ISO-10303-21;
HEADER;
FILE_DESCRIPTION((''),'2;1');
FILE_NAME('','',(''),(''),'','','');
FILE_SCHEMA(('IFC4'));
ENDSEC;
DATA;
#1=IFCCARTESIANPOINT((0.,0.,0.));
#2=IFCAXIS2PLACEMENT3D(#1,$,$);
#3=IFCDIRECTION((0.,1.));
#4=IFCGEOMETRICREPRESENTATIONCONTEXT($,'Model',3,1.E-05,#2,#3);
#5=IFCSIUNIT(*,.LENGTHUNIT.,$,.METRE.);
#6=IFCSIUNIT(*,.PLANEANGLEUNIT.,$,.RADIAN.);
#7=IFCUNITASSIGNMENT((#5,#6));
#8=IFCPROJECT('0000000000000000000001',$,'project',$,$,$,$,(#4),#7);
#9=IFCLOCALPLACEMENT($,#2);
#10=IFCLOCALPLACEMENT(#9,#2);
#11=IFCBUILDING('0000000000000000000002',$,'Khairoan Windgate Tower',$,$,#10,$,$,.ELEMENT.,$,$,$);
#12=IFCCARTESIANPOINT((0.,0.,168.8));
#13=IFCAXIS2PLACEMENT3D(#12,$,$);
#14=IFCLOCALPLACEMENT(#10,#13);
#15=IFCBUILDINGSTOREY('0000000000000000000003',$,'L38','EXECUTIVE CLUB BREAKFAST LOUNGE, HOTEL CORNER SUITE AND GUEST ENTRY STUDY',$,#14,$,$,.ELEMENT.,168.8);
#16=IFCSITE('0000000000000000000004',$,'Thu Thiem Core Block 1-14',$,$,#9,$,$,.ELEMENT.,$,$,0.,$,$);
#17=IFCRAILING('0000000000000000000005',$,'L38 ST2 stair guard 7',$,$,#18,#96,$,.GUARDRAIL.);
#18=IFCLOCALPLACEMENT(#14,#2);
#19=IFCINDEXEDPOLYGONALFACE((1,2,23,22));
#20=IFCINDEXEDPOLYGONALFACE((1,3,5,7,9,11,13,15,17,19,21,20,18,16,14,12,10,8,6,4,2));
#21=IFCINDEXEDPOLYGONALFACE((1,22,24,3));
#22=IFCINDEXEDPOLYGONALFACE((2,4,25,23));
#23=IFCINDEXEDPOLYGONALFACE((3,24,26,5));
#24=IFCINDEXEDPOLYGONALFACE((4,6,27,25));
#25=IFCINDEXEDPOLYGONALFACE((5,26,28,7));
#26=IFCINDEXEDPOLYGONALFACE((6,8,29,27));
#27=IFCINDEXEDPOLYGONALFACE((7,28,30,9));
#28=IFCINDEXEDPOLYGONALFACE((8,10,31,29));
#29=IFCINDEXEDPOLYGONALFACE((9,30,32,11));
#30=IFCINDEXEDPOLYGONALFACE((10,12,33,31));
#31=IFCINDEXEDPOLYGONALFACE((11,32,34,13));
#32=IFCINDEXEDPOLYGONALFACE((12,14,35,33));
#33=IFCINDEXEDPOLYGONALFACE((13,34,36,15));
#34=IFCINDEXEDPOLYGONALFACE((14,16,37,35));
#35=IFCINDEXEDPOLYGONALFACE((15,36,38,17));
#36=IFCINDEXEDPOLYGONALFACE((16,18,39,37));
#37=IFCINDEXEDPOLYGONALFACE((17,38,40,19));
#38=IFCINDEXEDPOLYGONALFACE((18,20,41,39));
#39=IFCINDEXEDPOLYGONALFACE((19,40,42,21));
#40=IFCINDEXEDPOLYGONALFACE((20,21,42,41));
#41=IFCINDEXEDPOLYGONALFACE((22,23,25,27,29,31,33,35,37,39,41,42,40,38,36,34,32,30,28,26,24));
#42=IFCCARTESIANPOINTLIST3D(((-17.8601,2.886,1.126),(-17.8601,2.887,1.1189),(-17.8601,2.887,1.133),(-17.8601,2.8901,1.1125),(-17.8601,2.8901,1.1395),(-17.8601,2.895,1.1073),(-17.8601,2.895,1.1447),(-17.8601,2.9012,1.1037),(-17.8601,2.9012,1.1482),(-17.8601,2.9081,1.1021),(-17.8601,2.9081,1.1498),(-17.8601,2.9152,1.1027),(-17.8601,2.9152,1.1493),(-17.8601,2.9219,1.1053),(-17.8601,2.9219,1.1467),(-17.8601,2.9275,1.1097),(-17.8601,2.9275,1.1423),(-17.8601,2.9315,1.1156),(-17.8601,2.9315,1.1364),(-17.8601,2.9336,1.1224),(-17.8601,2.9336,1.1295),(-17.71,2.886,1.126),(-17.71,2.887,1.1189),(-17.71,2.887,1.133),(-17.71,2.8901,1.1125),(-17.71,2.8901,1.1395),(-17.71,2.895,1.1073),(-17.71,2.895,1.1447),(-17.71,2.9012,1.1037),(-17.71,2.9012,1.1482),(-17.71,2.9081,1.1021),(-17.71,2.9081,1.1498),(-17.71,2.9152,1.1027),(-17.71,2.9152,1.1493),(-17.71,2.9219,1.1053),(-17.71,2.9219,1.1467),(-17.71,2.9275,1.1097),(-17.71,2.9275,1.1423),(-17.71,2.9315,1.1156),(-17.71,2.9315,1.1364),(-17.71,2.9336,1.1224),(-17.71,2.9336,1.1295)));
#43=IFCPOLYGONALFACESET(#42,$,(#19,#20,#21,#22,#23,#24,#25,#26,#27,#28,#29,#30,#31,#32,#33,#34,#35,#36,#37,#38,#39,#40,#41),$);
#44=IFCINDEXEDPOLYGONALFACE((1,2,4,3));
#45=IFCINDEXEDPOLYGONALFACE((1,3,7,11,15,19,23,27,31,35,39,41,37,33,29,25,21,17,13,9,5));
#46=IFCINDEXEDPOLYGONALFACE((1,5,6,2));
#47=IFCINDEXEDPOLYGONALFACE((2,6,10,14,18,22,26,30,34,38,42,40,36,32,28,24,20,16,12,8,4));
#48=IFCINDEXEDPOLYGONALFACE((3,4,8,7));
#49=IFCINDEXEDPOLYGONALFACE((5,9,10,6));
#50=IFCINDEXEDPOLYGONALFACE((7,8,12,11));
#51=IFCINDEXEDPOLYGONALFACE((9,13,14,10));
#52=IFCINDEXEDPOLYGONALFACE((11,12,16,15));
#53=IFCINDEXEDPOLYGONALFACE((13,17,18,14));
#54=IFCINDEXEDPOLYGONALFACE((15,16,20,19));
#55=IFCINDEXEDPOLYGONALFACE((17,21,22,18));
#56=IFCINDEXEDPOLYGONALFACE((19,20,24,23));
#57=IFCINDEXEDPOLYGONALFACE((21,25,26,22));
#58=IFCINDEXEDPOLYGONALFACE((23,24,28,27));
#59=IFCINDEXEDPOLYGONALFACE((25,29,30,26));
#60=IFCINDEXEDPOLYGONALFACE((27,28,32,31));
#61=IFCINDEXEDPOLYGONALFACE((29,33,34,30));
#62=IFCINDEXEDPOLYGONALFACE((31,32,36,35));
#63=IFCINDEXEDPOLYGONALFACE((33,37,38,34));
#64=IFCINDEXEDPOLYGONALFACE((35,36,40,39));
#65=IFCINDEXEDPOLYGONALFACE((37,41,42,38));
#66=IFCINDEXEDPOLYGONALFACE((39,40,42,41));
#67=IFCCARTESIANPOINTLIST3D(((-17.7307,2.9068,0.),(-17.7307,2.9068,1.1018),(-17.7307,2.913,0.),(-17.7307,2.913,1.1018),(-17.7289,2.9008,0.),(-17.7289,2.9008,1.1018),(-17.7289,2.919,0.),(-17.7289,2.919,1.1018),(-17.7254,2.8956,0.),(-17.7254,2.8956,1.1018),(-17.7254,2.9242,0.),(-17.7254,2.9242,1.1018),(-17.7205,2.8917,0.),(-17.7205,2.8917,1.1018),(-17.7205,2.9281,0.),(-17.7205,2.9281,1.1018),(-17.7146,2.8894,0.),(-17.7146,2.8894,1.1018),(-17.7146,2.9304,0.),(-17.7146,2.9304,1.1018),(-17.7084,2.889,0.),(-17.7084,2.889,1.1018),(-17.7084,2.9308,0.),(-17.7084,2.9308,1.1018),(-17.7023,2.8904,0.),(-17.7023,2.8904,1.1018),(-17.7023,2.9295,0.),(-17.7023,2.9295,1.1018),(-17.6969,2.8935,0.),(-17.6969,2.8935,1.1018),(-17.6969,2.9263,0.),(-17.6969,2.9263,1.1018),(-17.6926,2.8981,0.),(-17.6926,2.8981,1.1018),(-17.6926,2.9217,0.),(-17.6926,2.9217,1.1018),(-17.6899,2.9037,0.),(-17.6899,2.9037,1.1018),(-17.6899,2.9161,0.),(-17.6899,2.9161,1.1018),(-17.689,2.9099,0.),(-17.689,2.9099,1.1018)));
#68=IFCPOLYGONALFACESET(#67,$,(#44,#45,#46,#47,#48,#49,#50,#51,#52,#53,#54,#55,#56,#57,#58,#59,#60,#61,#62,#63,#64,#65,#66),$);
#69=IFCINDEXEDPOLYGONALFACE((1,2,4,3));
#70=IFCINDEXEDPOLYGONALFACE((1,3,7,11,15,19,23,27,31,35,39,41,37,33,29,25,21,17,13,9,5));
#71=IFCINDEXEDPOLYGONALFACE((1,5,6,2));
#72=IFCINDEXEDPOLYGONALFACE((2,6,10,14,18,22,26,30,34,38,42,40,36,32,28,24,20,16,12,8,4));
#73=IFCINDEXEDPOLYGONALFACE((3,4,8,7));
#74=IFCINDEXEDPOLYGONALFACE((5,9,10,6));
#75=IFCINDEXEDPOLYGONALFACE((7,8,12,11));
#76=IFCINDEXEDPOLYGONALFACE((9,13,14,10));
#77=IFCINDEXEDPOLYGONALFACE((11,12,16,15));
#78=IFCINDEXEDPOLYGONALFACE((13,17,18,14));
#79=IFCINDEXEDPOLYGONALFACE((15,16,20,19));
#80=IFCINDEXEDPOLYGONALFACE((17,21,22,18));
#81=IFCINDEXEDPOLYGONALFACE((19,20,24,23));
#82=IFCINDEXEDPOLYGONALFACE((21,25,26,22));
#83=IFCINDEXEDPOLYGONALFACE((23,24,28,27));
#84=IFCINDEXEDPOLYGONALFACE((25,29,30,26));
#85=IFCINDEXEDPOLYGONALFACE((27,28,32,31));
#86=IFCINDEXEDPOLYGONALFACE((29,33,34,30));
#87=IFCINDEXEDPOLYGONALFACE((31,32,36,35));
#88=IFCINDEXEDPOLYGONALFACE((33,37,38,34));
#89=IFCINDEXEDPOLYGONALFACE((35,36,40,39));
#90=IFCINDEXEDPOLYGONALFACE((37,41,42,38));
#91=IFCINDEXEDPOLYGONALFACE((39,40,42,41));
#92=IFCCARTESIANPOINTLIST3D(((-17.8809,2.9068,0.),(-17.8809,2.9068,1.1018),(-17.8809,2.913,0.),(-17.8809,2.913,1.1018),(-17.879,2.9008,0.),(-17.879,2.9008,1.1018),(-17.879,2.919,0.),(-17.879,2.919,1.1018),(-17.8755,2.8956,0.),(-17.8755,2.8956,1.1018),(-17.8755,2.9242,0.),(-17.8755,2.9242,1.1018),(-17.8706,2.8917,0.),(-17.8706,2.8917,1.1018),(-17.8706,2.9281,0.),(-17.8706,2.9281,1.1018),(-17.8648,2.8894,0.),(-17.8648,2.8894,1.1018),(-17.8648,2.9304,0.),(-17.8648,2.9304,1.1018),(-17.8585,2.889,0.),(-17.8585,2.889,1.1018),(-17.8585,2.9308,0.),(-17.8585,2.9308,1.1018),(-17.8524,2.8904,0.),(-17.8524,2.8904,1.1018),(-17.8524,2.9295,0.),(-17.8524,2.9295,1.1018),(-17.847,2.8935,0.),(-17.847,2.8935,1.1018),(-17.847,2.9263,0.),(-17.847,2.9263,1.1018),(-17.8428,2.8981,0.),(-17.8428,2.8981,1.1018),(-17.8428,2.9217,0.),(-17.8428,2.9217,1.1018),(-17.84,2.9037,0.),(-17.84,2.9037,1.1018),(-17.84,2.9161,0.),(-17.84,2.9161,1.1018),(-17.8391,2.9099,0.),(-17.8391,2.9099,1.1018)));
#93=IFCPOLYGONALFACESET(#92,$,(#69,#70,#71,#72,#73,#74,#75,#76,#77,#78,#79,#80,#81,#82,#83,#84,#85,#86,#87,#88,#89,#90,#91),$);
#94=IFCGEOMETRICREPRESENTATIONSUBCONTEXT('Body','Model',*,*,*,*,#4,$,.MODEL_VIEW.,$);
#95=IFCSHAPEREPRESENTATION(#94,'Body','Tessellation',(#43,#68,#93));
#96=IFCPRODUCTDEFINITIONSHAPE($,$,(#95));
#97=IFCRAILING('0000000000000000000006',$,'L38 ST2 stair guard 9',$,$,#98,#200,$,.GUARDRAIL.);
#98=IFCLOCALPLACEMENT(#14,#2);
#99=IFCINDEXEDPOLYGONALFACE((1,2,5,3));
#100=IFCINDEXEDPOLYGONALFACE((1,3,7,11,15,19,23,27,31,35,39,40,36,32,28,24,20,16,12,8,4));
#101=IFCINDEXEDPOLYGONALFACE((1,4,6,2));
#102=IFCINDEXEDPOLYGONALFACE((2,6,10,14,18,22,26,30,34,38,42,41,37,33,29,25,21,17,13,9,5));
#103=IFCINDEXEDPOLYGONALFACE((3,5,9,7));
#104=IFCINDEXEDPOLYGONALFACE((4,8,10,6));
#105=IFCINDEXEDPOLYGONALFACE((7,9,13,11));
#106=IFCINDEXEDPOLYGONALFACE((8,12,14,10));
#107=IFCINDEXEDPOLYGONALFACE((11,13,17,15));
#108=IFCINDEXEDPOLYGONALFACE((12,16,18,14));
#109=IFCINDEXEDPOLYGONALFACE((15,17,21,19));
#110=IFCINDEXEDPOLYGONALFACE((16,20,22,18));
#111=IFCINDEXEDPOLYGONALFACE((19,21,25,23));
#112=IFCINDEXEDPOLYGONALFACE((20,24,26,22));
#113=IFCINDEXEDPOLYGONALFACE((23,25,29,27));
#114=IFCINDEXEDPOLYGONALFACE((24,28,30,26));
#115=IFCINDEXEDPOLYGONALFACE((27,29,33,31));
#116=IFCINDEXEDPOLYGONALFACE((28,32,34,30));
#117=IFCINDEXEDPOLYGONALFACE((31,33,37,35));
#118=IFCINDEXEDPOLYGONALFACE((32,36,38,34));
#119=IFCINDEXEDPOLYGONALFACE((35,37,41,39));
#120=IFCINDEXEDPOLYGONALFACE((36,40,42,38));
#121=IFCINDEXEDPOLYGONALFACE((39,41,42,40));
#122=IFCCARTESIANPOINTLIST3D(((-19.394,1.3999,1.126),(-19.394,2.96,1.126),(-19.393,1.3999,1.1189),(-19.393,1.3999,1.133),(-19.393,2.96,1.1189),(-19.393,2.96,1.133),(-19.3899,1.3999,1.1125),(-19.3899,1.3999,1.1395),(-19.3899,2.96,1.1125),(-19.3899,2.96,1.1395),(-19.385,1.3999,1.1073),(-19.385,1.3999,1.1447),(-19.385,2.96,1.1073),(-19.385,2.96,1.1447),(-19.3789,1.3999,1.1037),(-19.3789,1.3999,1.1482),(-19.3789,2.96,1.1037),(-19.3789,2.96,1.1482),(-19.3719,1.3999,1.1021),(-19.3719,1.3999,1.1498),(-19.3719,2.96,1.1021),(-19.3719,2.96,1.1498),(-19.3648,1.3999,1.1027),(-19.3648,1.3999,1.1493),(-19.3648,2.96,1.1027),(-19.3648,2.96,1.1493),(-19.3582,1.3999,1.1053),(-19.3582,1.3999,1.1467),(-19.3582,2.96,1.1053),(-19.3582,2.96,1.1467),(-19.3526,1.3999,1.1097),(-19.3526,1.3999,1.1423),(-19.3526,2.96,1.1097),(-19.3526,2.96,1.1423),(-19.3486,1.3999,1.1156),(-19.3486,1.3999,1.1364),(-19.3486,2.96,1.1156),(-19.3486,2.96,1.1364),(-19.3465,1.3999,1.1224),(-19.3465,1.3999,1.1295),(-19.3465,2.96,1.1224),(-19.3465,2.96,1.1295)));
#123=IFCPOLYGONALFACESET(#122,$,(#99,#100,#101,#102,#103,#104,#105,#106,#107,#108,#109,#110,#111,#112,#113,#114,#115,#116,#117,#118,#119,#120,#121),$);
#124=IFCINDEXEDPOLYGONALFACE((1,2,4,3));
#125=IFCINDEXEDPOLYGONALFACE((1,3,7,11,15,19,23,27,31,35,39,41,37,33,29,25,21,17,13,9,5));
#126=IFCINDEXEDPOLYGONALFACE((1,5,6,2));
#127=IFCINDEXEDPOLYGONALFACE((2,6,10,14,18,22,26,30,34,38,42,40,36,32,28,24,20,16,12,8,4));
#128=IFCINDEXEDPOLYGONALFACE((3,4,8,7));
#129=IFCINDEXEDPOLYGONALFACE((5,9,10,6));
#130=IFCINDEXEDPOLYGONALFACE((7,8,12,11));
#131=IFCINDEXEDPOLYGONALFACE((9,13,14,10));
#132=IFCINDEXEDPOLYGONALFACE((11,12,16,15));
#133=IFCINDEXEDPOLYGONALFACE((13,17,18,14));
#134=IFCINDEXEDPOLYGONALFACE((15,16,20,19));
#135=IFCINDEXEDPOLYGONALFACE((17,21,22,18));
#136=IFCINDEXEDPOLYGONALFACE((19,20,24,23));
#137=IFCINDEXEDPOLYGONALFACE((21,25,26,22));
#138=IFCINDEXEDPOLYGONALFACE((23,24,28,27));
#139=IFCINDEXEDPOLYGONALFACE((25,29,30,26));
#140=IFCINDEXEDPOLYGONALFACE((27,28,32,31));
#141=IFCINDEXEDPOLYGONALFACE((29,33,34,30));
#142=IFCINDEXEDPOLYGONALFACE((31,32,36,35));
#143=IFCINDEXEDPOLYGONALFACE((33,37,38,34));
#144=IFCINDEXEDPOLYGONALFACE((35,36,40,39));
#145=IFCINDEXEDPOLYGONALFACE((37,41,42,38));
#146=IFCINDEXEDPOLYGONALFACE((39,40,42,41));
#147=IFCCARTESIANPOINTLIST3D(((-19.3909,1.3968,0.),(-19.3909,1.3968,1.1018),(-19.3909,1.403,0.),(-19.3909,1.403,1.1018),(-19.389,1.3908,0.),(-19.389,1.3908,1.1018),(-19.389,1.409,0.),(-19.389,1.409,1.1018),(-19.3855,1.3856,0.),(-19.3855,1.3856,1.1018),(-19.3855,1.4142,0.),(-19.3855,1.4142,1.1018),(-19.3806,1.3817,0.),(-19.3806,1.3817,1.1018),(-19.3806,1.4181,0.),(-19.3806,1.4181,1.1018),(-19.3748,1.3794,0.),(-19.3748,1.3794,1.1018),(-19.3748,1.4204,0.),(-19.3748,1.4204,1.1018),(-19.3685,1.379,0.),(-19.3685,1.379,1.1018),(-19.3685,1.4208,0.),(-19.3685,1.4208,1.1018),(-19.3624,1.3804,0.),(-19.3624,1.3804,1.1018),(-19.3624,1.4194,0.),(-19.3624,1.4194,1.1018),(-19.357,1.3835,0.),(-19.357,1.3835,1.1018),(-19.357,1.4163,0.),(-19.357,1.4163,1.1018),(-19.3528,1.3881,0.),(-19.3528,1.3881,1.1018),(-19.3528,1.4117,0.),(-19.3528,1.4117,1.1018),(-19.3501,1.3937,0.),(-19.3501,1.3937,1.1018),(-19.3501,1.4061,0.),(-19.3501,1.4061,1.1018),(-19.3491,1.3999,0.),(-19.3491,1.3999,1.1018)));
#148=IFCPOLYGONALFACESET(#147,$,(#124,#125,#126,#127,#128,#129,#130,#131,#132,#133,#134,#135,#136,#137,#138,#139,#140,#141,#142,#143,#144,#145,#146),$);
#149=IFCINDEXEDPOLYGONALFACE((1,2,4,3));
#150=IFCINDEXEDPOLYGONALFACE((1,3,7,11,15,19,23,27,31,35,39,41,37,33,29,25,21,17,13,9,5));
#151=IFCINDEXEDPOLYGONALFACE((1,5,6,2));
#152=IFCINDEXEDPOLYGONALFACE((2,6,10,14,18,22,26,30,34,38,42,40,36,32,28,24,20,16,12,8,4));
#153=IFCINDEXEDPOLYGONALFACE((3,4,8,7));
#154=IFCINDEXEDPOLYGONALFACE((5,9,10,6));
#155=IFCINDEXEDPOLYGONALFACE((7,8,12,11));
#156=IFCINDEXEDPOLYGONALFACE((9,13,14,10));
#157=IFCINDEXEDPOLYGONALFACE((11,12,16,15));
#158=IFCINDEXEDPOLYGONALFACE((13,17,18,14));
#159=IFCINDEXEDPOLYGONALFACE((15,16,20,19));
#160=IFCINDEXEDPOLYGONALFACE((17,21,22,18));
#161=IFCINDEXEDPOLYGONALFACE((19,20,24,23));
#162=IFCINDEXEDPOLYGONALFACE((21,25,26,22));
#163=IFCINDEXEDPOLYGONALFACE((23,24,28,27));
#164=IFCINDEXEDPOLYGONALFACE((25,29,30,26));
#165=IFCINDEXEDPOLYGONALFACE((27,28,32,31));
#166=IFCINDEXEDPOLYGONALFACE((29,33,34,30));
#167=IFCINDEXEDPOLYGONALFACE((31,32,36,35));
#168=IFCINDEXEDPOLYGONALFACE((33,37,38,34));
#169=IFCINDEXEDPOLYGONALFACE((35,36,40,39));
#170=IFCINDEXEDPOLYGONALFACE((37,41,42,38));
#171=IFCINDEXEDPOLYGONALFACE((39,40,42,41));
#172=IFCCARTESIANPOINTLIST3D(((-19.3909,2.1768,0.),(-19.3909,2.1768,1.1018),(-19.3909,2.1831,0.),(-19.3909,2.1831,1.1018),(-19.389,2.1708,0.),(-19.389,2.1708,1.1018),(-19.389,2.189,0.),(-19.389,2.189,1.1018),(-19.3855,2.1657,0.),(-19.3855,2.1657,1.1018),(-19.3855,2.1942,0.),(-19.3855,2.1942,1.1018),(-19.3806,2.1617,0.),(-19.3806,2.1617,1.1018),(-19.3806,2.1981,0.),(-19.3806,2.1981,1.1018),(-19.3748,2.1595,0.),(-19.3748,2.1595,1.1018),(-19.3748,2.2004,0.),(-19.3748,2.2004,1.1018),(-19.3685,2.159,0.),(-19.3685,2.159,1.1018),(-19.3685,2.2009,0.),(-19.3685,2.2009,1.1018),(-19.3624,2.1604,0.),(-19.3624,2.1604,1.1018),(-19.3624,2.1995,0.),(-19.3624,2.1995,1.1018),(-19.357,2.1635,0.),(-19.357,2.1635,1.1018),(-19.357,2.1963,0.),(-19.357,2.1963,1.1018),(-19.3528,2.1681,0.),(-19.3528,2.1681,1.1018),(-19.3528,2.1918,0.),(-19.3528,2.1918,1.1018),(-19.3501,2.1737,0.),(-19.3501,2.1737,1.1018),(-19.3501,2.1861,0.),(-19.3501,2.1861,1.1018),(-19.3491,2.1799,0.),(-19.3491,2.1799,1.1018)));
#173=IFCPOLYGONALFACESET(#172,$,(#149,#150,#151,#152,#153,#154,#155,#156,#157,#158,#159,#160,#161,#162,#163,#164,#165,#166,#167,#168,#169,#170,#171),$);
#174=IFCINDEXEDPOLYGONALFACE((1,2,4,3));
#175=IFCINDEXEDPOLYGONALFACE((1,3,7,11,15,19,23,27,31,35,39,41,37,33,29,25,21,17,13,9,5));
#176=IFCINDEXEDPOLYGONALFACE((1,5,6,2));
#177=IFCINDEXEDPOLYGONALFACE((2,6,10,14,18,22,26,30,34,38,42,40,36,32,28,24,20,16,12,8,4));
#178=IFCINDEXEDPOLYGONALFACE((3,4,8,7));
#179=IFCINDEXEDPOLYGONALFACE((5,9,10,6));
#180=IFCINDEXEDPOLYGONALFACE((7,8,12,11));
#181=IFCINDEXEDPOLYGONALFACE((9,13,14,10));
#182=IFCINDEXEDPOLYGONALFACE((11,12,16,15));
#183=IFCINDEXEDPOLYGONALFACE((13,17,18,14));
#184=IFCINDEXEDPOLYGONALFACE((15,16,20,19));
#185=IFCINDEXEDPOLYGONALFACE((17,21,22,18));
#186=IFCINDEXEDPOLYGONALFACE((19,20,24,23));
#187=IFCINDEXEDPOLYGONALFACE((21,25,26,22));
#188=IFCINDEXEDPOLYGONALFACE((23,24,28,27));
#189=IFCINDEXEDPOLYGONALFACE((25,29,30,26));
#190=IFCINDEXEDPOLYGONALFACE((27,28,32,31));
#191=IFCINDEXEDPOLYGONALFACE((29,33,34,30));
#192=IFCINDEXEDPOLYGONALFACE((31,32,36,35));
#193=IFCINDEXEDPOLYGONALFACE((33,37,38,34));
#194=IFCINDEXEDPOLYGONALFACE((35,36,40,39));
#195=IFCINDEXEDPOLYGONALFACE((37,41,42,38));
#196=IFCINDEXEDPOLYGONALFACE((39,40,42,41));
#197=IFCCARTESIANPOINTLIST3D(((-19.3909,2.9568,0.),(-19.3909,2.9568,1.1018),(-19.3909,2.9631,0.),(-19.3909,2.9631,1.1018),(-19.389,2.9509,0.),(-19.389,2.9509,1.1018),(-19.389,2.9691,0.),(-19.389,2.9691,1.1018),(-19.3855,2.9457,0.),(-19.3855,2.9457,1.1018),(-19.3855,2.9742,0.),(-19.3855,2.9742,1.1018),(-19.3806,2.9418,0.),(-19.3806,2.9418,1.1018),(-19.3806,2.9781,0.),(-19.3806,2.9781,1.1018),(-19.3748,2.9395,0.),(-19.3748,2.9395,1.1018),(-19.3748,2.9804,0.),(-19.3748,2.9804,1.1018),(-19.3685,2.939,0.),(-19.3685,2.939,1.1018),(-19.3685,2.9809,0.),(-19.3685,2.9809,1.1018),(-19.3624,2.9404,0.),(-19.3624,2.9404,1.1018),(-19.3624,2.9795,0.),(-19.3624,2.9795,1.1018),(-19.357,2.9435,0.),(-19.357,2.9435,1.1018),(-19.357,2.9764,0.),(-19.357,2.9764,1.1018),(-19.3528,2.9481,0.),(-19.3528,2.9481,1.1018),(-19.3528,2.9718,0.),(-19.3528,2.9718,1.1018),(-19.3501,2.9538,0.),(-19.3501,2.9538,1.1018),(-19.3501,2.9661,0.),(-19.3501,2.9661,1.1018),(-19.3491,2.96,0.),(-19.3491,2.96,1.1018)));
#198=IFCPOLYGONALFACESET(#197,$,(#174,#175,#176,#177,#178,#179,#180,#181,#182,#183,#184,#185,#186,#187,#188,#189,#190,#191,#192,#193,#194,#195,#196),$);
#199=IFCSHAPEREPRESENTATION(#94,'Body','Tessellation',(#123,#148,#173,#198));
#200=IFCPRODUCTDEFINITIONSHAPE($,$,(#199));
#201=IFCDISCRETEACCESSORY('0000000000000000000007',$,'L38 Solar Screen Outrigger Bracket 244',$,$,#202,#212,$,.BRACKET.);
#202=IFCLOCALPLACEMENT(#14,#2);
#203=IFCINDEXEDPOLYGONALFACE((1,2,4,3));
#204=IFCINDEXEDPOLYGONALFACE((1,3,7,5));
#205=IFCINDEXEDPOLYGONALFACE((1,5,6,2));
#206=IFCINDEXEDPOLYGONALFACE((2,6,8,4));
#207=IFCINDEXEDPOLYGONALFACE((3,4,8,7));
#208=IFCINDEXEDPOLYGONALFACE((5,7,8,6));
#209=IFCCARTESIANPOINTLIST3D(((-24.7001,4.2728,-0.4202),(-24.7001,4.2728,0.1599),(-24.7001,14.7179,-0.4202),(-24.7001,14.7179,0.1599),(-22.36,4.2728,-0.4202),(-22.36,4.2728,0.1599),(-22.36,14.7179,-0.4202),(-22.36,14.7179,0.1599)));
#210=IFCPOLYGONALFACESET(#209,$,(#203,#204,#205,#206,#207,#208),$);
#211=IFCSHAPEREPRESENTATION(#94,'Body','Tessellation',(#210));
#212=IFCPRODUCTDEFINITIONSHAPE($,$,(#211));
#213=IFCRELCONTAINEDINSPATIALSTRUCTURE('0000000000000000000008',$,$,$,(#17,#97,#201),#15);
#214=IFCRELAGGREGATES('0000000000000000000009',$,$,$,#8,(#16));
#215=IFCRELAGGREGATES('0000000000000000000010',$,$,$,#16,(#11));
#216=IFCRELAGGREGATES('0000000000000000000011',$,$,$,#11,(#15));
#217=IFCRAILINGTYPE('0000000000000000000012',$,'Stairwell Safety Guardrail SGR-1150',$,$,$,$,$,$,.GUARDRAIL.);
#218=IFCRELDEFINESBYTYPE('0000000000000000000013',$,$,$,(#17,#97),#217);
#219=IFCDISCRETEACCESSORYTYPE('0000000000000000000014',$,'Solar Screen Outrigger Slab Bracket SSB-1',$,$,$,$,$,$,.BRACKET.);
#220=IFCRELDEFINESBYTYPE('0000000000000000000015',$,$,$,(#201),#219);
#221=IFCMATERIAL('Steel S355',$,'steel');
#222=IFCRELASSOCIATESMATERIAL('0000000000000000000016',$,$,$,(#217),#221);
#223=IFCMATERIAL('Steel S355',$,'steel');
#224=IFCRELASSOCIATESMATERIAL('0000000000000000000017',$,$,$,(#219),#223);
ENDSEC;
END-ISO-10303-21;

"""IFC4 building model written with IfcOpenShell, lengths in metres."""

from ifc_helpers import new_model, si_unit, direction, frame, origin, origin_2d, place, context, subcontext, project, spatial, rectangle, circle, extrude, material, type_object, element, save


model = new_model("IFC4")

# Units and contexts
model_context = context("Model", 3, precision=1e-05, world=origin(), true_north=direction((0.0, 1.0)))
body_context = subcontext(model_context, "Body", "Model", "MODEL_VIEW")
ifc_project = project(units=[si_unit("LENGTHUNIT", "METRE"), si_unit("PLANEANGLEUNIT", "RADIAN")], contexts=[model_context])

# Site, building, storey
site_placement = place(None, origin())
site = spatial("IfcSite", under=ifc_project, at=site_placement, Name="Thu Thiem Core Block 1-14", CompositionType="ELEMENT", RefElevation=0.0)
building_placement = place(site_placement, origin())
building = spatial("IfcBuilding", under=site, at=building_placement, Name="Khairoan Windgate Tower", CompositionType="ELEMENT")
storey_placement = place(building_placement, frame((0.0, 0.0, 168.8)))
storey = spatial("IfcBuildingStorey", under=building, at=storey_placement, Name="L38", Description="EXECUTIVE CLUB BREAKFAST LOUNGE, HOTEL CORNER SUITE AND GUEST ENTRY STUDY", CompositionType="ELEMENT", Elevation=168.8)

# Railings
ifc_material_1 = material(Name="Steel S355", Category="steel")
railing_type_1 = type_object("IfcRailingType", Name="Stairwell Safety Guardrail SGR-1150", PredefinedType="GUARDRAIL", material=ifc_material_1)
railing_1_placement = place(storey_placement, frame((-17.71, 2.9099, 0.0)))
element("IfcRailing", 1, at=railing_1_placement, inside=storey, type_object=railing_type_1, Name="L38 ST2 stair guard 7", PredefinedType="GUARDRAIL", context=body_context, shape_type="SweptSolid", body=[
    extrude(circle(Radius=0.0239, at=origin_2d()), frame((0.0, 0.0, 1.126), z_axis=(-1.0, 0.0, 0.0), x_axis=(0.0, -1.0, 0.0)), (0.0, 0.0, 1.0), 0.1501),
    extrude(circle(Radius=0.021, at=origin_2d()), origin(), (0.0, 0.0, 1.0), 1.1018),
    extrude(circle(Radius=0.021, at=origin_2d()), frame((-0.1501, 0.0, 0.0)), (0.0, 0.0, 1.0), 1.1018),
])
railing_2_placement = place(storey_placement, frame((-19.3701, 1.3999, 0.0)))
element("IfcRailing", 2, at=railing_2_placement, inside=storey, type_object=railing_type_1, Name="L38 ST2 stair guard 9", PredefinedType="GUARDRAIL", context=body_context, shape_type="SweptSolid", body=[
    extrude(circle(Radius=0.0239, at=origin_2d()), frame((0.0, 0.0, 1.126), z_axis=(0.0, 1.0, 0.0), x_axis=(-1.0, 0.0, 0.0)), (0.0, 0.0, 1.0), 1.5601),
    extrude(circle(Radius=0.021, at=origin_2d()), origin(), (0.0, 0.0, 1.0), 1.1018),
    extrude(circle(Radius=0.021, at=origin_2d()), frame((0.0, 0.78, 0.0)), (0.0, 0.0, 1.0), 1.1018),
    extrude(circle(Radius=0.021, at=origin_2d()), frame((0.0, 1.5601, 0.0)), (0.0, 0.0, 1.0), 1.1018),
])

# Discrete accessory
ifc_material_2 = material(Name="Steel S355", Category="steel")
discrete_accessory_type = type_object("IfcDiscreteAccessoryType", Name="Solar Screen Outrigger Slab Bracket SSB-1", PredefinedType="BRACKET", material=ifc_material_2)
discrete_accessory_placement = place(storey_placement, frame((-23.53, 9.4954, -0.4202), z_axis=(0.0, 0.0, 1.0), x_axis=(0.0, 1.0, 0.0)))
element("IfcDiscreteAccessory", 3, at=discrete_accessory_placement, inside=storey, type_object=discrete_accessory_type, Name="L38 Solar Screen Outrigger Bracket 244", PredefinedType="BRACKET", context=body_context, shape_type="SweptSolid", body=[
    extrude(rectangle(XDim=10.4451, YDim=2.3401, at=origin_2d()), origin(), (0.0, 0.0, 1.0), 0.5801),
])

save(model, "model.ifc")
